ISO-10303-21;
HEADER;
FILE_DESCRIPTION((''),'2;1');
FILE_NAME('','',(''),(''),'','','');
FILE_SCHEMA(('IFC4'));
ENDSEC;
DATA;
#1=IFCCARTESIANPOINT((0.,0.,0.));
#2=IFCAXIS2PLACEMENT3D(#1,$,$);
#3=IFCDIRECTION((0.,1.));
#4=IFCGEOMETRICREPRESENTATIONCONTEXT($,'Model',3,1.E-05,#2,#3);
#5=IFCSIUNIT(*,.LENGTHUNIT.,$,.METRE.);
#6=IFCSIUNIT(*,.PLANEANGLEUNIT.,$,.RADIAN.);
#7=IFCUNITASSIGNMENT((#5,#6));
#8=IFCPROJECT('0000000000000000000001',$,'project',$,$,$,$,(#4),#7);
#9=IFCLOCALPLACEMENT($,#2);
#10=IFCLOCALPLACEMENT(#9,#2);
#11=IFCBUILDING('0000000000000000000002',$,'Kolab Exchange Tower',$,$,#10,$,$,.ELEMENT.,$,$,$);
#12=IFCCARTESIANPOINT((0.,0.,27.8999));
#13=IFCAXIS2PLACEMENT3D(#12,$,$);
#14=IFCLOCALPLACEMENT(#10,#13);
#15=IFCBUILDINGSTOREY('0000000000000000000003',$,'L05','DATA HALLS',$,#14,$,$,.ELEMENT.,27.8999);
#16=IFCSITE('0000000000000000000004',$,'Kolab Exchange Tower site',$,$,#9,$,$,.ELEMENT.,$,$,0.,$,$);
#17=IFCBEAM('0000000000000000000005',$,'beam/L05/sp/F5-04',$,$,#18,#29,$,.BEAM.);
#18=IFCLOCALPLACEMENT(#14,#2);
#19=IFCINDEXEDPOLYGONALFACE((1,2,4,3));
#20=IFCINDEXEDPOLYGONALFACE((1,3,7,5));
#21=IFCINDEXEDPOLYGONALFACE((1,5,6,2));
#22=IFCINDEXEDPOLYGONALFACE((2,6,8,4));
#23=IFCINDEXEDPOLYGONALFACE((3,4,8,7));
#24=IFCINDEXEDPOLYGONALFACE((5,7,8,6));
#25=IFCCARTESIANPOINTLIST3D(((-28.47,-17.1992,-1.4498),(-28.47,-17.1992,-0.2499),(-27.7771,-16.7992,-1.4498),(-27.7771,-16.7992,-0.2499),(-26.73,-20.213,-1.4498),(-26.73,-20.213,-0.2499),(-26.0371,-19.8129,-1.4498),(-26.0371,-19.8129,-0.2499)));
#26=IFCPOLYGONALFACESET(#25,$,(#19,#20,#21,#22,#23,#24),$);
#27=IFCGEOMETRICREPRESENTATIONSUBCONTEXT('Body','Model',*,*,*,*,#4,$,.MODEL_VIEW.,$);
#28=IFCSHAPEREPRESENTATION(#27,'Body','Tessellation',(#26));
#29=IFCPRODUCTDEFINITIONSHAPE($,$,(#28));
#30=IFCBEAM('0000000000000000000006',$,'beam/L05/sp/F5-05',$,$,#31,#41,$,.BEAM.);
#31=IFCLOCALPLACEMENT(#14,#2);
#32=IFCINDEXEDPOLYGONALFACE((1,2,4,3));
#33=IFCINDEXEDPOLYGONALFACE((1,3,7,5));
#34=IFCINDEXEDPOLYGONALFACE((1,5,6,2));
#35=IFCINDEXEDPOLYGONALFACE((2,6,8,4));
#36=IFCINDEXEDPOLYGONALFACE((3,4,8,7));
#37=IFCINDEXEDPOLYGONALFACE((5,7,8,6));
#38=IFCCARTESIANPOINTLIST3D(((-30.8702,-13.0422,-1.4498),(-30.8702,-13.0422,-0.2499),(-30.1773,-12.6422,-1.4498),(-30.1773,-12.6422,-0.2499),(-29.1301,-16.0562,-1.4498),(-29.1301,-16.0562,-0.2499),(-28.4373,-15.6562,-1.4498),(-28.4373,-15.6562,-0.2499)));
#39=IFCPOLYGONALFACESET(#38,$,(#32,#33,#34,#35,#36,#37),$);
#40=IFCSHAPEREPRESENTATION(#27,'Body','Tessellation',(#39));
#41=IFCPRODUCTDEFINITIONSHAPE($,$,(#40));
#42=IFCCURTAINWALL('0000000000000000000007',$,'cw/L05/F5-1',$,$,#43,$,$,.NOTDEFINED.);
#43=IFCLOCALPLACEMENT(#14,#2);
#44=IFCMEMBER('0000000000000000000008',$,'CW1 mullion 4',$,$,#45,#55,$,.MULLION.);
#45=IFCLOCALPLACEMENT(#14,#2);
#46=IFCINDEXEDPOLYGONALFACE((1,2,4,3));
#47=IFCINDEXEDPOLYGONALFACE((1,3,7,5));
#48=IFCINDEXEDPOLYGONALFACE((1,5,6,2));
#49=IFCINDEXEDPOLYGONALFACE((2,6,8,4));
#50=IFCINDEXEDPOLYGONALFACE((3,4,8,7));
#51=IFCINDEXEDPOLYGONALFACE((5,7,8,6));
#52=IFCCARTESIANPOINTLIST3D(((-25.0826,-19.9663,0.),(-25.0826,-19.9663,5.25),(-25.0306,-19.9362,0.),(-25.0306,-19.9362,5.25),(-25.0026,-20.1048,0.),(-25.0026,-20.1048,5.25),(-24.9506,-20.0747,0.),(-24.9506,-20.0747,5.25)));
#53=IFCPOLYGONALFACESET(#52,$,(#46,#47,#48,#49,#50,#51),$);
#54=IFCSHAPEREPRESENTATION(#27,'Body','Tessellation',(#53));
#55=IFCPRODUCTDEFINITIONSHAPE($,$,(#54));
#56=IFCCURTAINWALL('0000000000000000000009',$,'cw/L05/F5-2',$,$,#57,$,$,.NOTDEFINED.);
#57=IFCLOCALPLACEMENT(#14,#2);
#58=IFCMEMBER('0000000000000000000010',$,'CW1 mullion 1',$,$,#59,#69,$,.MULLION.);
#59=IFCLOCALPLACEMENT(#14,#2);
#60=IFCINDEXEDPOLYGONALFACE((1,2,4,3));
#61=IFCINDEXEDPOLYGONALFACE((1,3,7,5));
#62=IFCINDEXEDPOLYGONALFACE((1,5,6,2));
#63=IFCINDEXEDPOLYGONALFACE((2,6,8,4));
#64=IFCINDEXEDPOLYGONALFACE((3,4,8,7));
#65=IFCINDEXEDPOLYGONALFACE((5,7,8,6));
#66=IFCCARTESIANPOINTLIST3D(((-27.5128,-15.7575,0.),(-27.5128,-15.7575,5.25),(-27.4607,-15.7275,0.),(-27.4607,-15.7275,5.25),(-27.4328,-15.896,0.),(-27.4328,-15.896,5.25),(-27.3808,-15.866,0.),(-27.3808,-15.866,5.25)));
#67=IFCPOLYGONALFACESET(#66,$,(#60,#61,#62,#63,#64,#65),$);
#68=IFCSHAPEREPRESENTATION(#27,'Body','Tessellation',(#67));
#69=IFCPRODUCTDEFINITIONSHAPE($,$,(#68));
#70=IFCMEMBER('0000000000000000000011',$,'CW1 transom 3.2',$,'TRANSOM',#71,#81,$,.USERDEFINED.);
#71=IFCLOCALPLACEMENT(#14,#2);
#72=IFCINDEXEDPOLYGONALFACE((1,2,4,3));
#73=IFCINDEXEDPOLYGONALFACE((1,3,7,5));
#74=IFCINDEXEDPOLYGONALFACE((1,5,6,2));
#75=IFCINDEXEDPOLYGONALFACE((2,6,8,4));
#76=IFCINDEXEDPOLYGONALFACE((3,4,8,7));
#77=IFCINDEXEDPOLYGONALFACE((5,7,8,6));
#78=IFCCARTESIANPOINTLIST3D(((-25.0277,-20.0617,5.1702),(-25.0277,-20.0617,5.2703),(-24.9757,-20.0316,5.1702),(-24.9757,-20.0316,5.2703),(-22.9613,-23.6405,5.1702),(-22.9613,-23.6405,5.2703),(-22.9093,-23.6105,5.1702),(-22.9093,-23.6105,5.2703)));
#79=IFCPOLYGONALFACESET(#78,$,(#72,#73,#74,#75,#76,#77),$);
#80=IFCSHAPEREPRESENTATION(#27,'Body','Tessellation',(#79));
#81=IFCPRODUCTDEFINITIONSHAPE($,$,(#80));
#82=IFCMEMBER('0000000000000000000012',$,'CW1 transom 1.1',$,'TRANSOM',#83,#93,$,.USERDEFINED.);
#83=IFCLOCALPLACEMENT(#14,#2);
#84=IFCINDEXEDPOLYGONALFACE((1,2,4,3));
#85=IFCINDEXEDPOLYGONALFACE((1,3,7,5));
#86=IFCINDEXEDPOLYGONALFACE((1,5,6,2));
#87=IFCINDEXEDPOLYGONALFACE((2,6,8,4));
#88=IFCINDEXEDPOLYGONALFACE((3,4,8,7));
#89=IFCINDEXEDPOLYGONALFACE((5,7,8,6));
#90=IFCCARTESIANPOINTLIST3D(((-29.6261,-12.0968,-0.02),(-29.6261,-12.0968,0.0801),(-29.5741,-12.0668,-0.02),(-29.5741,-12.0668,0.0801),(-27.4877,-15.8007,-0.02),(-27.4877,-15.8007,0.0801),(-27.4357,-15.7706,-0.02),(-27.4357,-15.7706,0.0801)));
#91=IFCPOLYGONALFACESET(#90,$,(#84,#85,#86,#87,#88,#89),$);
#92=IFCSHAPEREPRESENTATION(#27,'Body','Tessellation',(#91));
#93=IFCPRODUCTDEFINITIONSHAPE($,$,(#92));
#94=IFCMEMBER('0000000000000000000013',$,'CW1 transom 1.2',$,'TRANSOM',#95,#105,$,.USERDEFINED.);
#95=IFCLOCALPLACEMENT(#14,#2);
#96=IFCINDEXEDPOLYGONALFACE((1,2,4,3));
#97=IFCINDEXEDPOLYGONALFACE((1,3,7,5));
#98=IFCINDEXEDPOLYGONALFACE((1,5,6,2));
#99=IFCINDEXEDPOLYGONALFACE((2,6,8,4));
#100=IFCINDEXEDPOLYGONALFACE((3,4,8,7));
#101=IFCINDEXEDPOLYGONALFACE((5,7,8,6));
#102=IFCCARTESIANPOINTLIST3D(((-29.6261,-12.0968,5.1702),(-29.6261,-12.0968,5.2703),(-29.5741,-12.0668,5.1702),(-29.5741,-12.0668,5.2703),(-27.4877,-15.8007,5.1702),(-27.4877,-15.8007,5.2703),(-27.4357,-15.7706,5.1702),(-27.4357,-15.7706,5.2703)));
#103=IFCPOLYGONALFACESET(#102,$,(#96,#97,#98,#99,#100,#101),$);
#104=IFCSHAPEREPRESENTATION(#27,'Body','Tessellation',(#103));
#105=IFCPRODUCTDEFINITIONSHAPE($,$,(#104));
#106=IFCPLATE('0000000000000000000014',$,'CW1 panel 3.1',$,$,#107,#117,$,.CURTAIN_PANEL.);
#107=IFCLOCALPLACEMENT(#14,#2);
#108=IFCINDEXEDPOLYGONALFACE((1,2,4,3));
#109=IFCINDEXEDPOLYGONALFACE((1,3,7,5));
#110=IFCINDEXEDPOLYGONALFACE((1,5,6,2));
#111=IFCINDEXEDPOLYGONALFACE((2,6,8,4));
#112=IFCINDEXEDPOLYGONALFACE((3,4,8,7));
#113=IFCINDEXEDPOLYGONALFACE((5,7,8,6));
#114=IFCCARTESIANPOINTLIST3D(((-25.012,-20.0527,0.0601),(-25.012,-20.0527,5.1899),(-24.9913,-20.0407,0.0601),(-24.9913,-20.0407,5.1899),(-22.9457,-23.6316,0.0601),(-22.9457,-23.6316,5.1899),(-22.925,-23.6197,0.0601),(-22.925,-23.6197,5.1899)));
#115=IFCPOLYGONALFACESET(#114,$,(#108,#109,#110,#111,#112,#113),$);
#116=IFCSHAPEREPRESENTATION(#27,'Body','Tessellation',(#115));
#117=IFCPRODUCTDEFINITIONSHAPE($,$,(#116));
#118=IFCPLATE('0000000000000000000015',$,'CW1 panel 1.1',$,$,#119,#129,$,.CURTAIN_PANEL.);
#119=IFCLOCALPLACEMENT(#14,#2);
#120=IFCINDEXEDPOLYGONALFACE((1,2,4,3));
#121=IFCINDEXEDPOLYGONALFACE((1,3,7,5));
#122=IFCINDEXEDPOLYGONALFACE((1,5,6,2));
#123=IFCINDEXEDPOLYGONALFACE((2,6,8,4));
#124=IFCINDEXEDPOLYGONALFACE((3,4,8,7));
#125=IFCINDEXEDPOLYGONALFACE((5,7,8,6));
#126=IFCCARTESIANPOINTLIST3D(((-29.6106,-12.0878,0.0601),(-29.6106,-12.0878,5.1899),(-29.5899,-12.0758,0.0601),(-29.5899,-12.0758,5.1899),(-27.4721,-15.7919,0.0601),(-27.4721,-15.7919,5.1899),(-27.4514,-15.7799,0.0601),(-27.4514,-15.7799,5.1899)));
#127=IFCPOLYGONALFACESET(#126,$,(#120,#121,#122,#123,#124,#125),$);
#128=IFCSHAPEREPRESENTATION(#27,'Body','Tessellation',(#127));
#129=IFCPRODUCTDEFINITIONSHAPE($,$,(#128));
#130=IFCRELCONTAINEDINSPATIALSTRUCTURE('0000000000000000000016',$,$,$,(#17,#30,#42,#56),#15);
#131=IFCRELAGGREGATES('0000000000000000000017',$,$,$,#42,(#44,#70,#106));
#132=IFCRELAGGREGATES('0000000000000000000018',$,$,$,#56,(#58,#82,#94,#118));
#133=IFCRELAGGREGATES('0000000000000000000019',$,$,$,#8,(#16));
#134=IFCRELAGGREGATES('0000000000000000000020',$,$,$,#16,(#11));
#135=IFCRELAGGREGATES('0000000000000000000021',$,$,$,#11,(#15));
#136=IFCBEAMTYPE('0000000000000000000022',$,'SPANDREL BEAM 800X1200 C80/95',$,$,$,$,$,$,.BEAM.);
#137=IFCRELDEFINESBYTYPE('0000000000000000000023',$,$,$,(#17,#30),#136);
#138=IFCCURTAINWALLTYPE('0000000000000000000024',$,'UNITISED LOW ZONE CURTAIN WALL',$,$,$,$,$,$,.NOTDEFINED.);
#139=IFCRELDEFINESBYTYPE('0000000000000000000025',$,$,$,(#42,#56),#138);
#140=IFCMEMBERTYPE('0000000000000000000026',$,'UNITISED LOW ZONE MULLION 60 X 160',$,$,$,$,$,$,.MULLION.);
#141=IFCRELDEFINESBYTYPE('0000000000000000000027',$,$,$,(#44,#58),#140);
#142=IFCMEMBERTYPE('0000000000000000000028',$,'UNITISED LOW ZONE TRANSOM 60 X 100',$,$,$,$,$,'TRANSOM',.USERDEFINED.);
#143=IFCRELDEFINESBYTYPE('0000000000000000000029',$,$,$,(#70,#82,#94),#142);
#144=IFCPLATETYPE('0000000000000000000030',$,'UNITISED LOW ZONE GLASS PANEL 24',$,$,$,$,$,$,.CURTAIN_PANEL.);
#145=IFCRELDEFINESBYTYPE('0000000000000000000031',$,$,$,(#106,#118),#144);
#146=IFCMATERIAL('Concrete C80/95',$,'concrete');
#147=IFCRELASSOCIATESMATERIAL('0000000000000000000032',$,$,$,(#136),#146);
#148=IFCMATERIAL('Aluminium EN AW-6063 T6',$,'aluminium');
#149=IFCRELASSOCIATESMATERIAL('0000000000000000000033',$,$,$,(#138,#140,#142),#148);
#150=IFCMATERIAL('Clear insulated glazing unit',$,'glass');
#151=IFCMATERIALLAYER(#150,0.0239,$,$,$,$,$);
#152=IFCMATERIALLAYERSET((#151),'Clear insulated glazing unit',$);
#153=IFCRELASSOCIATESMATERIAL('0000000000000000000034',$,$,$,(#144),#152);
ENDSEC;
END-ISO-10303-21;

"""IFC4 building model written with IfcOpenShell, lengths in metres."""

from ifc_helpers import new_model, si_unit, direction, frame, origin, origin_2d, place, context, subcontext, project, spatial, rectangle, extrude, material, layer, layer_set, material_profile, profile_set, type_object, element, aggregate, save


model = new_model("IFC4")

# Units and contexts
model_context = context("Model", 3, precision=1e-05, world=origin(), true_north=direction((0.0, 1.0)))
body_context = subcontext(model_context, "Body", "Model", "MODEL_VIEW")
ifc_project = project(units=[si_unit("LENGTHUNIT", "METRE"), si_unit("PLANEANGLEUNIT", "RADIAN")], contexts=[model_context])

# Site, building, storey
site_placement = place(None, origin())
site = spatial("IfcSite", under=ifc_project, at=site_placement, Name="Kolab Exchange Tower site", CompositionType="ELEMENT", RefElevation=0.0)
building_placement = place(site_placement, origin())
building = spatial("IfcBuilding", under=site, at=building_placement, Name="Kolab Exchange Tower", CompositionType="ELEMENT")
storey_placement = place(building_placement, frame((0.0, 0.0, 27.8999)))
storey = spatial("IfcBuildingStorey", under=building, at=storey_placement, Name="L05", Description="DATA HALLS", CompositionType="ELEMENT", Elevation=27.8999)

# Shared definitions
ifc_material_1 = material(Name="Concrete C80/95", Category="concrete")

# Beams
ifc_material_profile_1 = material_profile(ifc_material_1, rectangle(XDim=0.8, YDim=1.2, at=origin_2d()), Name="RC800X1200")
ifc_profile_set_1 = profile_set([ifc_material_profile_1], Name="Concrete C80/95")
beam_type_1 = type_object("IfcBeamType", Name="SPANDREL BEAM 800X1200 C80/95", PredefinedType="BEAM", material=ifc_profile_set_1)
beam_1_placement = place(storey_placement, frame((-26.3835, -20.0129, -0.8499), z_axis=(-0.50001, 0.86602, 0.0), x_axis=(-0.86602, -0.50001, 0.0)))
element("IfcBeam", 1, at=beam_1_placement, inside=storey, type_object=beam_type_1, Name="beam/L05/sp/F5-04", PredefinedType="BEAM", context=body_context, shape_type="SweptSolid", body=[
    extrude(rectangle(XDim=0.8, YDim=1.2, at=origin_2d()), origin(), (0.0, 0.0, 1.0), 3.48),
])
beam_2_placement = place(storey_placement, frame((-28.7837, -15.8562, -0.8499), z_axis=(-0.49998, 0.866037, 0.0), x_axis=(-0.866037, -0.49998, 0.0)))
element("IfcBeam", 2, at=beam_2_placement, inside=storey, type_object=beam_type_1, Name="beam/L05/sp/F5-05", PredefinedType="BEAM", context=body_context, shape_type="SweptSolid", body=[
    extrude(rectangle(XDim=0.8, YDim=1.2, at=origin_2d()), origin(), (0.0, 0.0, 1.0), 3.4802),
])

# Curtain walls, members
ifc_material_2 = material(Name="Aluminium EN AW-6063 T6", Category="aluminium")
curtain_wall_type = type_object("IfcCurtainWallType", Name="UNITISED LOW ZONE CURTAIN WALL", PredefinedType="NOTDEFINED", material=ifc_material_2)
curtain_wall_1_placement = place(storey_placement, origin())
curtain_wall_1 = element("IfcCurtainWall", 3, at=curtain_wall_1_placement, inside=storey, type_object=curtain_wall_type, Name="cw/L05/F5-1", PredefinedType="NOTDEFINED")
ifc_material_profile_2 = material_profile(ifc_material_2, rectangle(XDim=0.0601, YDim=0.1599, at=origin_2d()), Name="RECT 60X160")
ifc_profile_set_2 = profile_set([ifc_material_profile_2], Name="Aluminium EN AW-6063 T6")
member_type_1 = type_object("IfcMemberType", Name="UNITISED LOW ZONE MULLION 60 X 160", PredefinedType="MULLION", material=ifc_profile_set_2)
member_1_placement = place(storey_placement, frame((-25.0166, -20.0205, 0.0), z_axis=(0.0, 0.0, 1.0), x_axis=(-0.866025, -0.5, 0.0)))
member_1 = element("IfcMember", 4, at=member_1_placement, type_object=member_type_1, Name="CW1 mullion 4", PredefinedType="MULLION", context=body_context, shape_type="SweptSolid", body=[
    extrude(rectangle(XDim=0.0601, YDim=0.1599, at=origin_2d()), origin(), (0.0, 0.0, 1.0), 5.25),
])
curtain_wall_2_placement = place(storey_placement, origin())
curtain_wall_2 = element("IfcCurtainWall", 5, at=curtain_wall_2_placement, inside=storey, type_object=curtain_wall_type, Name="cw/L05/F5-2", PredefinedType="NOTDEFINED")
member_2_placement = place(storey_placement, frame((-27.4468, -15.8118, 0.0), z_axis=(0.0, 0.0, 1.0), x_axis=(-0.866025, -0.5, 0.0)))
member_2 = element("IfcMember", 6, at=member_2_placement, type_object=member_type_1, Name="CW1 mullion 1", PredefinedType="MULLION", context=body_context, shape_type="SweptSolid", body=[
    extrude(rectangle(XDim=0.0601, YDim=0.1599, at=origin_2d()), origin(), (0.0, 0.0, 1.0), 5.25),
])

# Members
ifc_material_profile_3 = material_profile(ifc_material_2, rectangle(XDim=0.0601, YDim=0.1001, at=origin_2d()), Name="RECT 60X100")
ifc_profile_set_3 = profile_set([ifc_material_profile_3], Name="Aluminium EN AW-6063 T6")
member_type_2 = type_object("IfcMemberType", Name="UNITISED LOW ZONE TRANSOM 60 X 100", ElementType="TRANSOM", PredefinedType="USERDEFINED", material=ifc_profile_set_3)
member_3_placement = place(storey_placement, frame((-22.9353, -23.6255, 5.2202), z_axis=(-0.500028, 0.866009, 0.0), x_axis=(-0.866009, -0.500028, 0.0)))
member_3 = element("IfcMember", 7, at=member_3_placement, type_object=member_type_2, Name="CW1 transom 3.2", ObjectType="TRANSOM", PredefinedType="USERDEFINED", context=body_context, shape_type="SweptSolid", body=[
    extrude(rectangle(XDim=0.0601, YDim=0.1001, at=origin_2d()), origin(), (0.0, 0.0, 1.0), 4.1326),
])
member_4_placement = place(storey_placement, frame((-27.4617, -15.7856, 0.03), z_axis=(-0.500001, 0.866025, 0.0), x_axis=(-0.866025, -0.500001, 0.0)))
member_4 = element("IfcMember", 8, at=member_4_placement, type_object=member_type_2, Name="CW1 transom 1.1", ObjectType="TRANSOM", PredefinedType="USERDEFINED", context=body_context, shape_type="SweptSolid", body=[
    extrude(rectangle(XDim=0.0601, YDim=0.1001, at=origin_2d()), origin(), (0.0, 0.0, 1.0), 4.2769),
])
member_5_placement = place(storey_placement, frame((-27.4617, -15.7856, 5.2202), z_axis=(-0.500001, 0.866025, 0.0), x_axis=(-0.866025, -0.500001, 0.0)))
member_5 = element("IfcMember", 9, at=member_5_placement, type_object=member_type_2, Name="CW1 transom 1.2", ObjectType="TRANSOM", PredefinedType="USERDEFINED", context=body_context, shape_type="SweptSolid", body=[
    extrude(rectangle(XDim=0.0601, YDim=0.1001, at=origin_2d()), origin(), (0.0, 0.0, 1.0), 4.2769),
])

# Plates
ifc_material_3 = material(Name="Clear insulated glazing unit", Category="glass")
ifc_layer_1 = layer(ifc_material_3, 0.0239)
ifc_layer_set_1 = layer_set([ifc_layer_1], Name="Clear insulated glazing unit")
plate_type = type_object("IfcPlateType", Name="UNITISED LOW ZONE GLASS PANEL 24", PredefinedType="CURTAIN_PANEL", material=ifc_layer_set_1)
plate_1_placement = place(storey_placement, frame((-23.9685, -21.8362, 0.0601), z_axis=(0.0, 0.0, 1.0), x_axis=(-0.5, 0.866025, 0.0)))
plate_1 = element("IfcPlate", 10, at=plate_1_placement, type_object=plate_type, Name="CW1 panel 3.1", PredefinedType="CURTAIN_PANEL", context=body_context, shape_type="SweptSolid", body=[
    extrude(rectangle(XDim=4.1326, YDim=0.0239, at=origin_2d()), origin(), (0.0, 0.0, 1.0), 5.1299),
])
aggregate(curtain_wall_1, [member_1, member_3, plate_1])
plate_2_placement = place(storey_placement, frame((-28.531, -13.9338, 0.0601), z_axis=(0.0, 0.0, 1.0), x_axis=(-0.5, 0.866025, 0.0)))
plate_2 = element("IfcPlate", 11, at=plate_2_placement, type_object=plate_type, Name="CW1 panel 1.1", PredefinedType="CURTAIN_PANEL", context=body_context, shape_type="SweptSolid", body=[
    extrude(rectangle(XDim=4.2771, YDim=0.0239, at=origin_2d()), origin(), (0.0, 0.0, 1.0), 5.1299),
])
aggregate(curtain_wall_2, [member_2, member_4, member_5, plate_2])

save(model, "model.ifc")
